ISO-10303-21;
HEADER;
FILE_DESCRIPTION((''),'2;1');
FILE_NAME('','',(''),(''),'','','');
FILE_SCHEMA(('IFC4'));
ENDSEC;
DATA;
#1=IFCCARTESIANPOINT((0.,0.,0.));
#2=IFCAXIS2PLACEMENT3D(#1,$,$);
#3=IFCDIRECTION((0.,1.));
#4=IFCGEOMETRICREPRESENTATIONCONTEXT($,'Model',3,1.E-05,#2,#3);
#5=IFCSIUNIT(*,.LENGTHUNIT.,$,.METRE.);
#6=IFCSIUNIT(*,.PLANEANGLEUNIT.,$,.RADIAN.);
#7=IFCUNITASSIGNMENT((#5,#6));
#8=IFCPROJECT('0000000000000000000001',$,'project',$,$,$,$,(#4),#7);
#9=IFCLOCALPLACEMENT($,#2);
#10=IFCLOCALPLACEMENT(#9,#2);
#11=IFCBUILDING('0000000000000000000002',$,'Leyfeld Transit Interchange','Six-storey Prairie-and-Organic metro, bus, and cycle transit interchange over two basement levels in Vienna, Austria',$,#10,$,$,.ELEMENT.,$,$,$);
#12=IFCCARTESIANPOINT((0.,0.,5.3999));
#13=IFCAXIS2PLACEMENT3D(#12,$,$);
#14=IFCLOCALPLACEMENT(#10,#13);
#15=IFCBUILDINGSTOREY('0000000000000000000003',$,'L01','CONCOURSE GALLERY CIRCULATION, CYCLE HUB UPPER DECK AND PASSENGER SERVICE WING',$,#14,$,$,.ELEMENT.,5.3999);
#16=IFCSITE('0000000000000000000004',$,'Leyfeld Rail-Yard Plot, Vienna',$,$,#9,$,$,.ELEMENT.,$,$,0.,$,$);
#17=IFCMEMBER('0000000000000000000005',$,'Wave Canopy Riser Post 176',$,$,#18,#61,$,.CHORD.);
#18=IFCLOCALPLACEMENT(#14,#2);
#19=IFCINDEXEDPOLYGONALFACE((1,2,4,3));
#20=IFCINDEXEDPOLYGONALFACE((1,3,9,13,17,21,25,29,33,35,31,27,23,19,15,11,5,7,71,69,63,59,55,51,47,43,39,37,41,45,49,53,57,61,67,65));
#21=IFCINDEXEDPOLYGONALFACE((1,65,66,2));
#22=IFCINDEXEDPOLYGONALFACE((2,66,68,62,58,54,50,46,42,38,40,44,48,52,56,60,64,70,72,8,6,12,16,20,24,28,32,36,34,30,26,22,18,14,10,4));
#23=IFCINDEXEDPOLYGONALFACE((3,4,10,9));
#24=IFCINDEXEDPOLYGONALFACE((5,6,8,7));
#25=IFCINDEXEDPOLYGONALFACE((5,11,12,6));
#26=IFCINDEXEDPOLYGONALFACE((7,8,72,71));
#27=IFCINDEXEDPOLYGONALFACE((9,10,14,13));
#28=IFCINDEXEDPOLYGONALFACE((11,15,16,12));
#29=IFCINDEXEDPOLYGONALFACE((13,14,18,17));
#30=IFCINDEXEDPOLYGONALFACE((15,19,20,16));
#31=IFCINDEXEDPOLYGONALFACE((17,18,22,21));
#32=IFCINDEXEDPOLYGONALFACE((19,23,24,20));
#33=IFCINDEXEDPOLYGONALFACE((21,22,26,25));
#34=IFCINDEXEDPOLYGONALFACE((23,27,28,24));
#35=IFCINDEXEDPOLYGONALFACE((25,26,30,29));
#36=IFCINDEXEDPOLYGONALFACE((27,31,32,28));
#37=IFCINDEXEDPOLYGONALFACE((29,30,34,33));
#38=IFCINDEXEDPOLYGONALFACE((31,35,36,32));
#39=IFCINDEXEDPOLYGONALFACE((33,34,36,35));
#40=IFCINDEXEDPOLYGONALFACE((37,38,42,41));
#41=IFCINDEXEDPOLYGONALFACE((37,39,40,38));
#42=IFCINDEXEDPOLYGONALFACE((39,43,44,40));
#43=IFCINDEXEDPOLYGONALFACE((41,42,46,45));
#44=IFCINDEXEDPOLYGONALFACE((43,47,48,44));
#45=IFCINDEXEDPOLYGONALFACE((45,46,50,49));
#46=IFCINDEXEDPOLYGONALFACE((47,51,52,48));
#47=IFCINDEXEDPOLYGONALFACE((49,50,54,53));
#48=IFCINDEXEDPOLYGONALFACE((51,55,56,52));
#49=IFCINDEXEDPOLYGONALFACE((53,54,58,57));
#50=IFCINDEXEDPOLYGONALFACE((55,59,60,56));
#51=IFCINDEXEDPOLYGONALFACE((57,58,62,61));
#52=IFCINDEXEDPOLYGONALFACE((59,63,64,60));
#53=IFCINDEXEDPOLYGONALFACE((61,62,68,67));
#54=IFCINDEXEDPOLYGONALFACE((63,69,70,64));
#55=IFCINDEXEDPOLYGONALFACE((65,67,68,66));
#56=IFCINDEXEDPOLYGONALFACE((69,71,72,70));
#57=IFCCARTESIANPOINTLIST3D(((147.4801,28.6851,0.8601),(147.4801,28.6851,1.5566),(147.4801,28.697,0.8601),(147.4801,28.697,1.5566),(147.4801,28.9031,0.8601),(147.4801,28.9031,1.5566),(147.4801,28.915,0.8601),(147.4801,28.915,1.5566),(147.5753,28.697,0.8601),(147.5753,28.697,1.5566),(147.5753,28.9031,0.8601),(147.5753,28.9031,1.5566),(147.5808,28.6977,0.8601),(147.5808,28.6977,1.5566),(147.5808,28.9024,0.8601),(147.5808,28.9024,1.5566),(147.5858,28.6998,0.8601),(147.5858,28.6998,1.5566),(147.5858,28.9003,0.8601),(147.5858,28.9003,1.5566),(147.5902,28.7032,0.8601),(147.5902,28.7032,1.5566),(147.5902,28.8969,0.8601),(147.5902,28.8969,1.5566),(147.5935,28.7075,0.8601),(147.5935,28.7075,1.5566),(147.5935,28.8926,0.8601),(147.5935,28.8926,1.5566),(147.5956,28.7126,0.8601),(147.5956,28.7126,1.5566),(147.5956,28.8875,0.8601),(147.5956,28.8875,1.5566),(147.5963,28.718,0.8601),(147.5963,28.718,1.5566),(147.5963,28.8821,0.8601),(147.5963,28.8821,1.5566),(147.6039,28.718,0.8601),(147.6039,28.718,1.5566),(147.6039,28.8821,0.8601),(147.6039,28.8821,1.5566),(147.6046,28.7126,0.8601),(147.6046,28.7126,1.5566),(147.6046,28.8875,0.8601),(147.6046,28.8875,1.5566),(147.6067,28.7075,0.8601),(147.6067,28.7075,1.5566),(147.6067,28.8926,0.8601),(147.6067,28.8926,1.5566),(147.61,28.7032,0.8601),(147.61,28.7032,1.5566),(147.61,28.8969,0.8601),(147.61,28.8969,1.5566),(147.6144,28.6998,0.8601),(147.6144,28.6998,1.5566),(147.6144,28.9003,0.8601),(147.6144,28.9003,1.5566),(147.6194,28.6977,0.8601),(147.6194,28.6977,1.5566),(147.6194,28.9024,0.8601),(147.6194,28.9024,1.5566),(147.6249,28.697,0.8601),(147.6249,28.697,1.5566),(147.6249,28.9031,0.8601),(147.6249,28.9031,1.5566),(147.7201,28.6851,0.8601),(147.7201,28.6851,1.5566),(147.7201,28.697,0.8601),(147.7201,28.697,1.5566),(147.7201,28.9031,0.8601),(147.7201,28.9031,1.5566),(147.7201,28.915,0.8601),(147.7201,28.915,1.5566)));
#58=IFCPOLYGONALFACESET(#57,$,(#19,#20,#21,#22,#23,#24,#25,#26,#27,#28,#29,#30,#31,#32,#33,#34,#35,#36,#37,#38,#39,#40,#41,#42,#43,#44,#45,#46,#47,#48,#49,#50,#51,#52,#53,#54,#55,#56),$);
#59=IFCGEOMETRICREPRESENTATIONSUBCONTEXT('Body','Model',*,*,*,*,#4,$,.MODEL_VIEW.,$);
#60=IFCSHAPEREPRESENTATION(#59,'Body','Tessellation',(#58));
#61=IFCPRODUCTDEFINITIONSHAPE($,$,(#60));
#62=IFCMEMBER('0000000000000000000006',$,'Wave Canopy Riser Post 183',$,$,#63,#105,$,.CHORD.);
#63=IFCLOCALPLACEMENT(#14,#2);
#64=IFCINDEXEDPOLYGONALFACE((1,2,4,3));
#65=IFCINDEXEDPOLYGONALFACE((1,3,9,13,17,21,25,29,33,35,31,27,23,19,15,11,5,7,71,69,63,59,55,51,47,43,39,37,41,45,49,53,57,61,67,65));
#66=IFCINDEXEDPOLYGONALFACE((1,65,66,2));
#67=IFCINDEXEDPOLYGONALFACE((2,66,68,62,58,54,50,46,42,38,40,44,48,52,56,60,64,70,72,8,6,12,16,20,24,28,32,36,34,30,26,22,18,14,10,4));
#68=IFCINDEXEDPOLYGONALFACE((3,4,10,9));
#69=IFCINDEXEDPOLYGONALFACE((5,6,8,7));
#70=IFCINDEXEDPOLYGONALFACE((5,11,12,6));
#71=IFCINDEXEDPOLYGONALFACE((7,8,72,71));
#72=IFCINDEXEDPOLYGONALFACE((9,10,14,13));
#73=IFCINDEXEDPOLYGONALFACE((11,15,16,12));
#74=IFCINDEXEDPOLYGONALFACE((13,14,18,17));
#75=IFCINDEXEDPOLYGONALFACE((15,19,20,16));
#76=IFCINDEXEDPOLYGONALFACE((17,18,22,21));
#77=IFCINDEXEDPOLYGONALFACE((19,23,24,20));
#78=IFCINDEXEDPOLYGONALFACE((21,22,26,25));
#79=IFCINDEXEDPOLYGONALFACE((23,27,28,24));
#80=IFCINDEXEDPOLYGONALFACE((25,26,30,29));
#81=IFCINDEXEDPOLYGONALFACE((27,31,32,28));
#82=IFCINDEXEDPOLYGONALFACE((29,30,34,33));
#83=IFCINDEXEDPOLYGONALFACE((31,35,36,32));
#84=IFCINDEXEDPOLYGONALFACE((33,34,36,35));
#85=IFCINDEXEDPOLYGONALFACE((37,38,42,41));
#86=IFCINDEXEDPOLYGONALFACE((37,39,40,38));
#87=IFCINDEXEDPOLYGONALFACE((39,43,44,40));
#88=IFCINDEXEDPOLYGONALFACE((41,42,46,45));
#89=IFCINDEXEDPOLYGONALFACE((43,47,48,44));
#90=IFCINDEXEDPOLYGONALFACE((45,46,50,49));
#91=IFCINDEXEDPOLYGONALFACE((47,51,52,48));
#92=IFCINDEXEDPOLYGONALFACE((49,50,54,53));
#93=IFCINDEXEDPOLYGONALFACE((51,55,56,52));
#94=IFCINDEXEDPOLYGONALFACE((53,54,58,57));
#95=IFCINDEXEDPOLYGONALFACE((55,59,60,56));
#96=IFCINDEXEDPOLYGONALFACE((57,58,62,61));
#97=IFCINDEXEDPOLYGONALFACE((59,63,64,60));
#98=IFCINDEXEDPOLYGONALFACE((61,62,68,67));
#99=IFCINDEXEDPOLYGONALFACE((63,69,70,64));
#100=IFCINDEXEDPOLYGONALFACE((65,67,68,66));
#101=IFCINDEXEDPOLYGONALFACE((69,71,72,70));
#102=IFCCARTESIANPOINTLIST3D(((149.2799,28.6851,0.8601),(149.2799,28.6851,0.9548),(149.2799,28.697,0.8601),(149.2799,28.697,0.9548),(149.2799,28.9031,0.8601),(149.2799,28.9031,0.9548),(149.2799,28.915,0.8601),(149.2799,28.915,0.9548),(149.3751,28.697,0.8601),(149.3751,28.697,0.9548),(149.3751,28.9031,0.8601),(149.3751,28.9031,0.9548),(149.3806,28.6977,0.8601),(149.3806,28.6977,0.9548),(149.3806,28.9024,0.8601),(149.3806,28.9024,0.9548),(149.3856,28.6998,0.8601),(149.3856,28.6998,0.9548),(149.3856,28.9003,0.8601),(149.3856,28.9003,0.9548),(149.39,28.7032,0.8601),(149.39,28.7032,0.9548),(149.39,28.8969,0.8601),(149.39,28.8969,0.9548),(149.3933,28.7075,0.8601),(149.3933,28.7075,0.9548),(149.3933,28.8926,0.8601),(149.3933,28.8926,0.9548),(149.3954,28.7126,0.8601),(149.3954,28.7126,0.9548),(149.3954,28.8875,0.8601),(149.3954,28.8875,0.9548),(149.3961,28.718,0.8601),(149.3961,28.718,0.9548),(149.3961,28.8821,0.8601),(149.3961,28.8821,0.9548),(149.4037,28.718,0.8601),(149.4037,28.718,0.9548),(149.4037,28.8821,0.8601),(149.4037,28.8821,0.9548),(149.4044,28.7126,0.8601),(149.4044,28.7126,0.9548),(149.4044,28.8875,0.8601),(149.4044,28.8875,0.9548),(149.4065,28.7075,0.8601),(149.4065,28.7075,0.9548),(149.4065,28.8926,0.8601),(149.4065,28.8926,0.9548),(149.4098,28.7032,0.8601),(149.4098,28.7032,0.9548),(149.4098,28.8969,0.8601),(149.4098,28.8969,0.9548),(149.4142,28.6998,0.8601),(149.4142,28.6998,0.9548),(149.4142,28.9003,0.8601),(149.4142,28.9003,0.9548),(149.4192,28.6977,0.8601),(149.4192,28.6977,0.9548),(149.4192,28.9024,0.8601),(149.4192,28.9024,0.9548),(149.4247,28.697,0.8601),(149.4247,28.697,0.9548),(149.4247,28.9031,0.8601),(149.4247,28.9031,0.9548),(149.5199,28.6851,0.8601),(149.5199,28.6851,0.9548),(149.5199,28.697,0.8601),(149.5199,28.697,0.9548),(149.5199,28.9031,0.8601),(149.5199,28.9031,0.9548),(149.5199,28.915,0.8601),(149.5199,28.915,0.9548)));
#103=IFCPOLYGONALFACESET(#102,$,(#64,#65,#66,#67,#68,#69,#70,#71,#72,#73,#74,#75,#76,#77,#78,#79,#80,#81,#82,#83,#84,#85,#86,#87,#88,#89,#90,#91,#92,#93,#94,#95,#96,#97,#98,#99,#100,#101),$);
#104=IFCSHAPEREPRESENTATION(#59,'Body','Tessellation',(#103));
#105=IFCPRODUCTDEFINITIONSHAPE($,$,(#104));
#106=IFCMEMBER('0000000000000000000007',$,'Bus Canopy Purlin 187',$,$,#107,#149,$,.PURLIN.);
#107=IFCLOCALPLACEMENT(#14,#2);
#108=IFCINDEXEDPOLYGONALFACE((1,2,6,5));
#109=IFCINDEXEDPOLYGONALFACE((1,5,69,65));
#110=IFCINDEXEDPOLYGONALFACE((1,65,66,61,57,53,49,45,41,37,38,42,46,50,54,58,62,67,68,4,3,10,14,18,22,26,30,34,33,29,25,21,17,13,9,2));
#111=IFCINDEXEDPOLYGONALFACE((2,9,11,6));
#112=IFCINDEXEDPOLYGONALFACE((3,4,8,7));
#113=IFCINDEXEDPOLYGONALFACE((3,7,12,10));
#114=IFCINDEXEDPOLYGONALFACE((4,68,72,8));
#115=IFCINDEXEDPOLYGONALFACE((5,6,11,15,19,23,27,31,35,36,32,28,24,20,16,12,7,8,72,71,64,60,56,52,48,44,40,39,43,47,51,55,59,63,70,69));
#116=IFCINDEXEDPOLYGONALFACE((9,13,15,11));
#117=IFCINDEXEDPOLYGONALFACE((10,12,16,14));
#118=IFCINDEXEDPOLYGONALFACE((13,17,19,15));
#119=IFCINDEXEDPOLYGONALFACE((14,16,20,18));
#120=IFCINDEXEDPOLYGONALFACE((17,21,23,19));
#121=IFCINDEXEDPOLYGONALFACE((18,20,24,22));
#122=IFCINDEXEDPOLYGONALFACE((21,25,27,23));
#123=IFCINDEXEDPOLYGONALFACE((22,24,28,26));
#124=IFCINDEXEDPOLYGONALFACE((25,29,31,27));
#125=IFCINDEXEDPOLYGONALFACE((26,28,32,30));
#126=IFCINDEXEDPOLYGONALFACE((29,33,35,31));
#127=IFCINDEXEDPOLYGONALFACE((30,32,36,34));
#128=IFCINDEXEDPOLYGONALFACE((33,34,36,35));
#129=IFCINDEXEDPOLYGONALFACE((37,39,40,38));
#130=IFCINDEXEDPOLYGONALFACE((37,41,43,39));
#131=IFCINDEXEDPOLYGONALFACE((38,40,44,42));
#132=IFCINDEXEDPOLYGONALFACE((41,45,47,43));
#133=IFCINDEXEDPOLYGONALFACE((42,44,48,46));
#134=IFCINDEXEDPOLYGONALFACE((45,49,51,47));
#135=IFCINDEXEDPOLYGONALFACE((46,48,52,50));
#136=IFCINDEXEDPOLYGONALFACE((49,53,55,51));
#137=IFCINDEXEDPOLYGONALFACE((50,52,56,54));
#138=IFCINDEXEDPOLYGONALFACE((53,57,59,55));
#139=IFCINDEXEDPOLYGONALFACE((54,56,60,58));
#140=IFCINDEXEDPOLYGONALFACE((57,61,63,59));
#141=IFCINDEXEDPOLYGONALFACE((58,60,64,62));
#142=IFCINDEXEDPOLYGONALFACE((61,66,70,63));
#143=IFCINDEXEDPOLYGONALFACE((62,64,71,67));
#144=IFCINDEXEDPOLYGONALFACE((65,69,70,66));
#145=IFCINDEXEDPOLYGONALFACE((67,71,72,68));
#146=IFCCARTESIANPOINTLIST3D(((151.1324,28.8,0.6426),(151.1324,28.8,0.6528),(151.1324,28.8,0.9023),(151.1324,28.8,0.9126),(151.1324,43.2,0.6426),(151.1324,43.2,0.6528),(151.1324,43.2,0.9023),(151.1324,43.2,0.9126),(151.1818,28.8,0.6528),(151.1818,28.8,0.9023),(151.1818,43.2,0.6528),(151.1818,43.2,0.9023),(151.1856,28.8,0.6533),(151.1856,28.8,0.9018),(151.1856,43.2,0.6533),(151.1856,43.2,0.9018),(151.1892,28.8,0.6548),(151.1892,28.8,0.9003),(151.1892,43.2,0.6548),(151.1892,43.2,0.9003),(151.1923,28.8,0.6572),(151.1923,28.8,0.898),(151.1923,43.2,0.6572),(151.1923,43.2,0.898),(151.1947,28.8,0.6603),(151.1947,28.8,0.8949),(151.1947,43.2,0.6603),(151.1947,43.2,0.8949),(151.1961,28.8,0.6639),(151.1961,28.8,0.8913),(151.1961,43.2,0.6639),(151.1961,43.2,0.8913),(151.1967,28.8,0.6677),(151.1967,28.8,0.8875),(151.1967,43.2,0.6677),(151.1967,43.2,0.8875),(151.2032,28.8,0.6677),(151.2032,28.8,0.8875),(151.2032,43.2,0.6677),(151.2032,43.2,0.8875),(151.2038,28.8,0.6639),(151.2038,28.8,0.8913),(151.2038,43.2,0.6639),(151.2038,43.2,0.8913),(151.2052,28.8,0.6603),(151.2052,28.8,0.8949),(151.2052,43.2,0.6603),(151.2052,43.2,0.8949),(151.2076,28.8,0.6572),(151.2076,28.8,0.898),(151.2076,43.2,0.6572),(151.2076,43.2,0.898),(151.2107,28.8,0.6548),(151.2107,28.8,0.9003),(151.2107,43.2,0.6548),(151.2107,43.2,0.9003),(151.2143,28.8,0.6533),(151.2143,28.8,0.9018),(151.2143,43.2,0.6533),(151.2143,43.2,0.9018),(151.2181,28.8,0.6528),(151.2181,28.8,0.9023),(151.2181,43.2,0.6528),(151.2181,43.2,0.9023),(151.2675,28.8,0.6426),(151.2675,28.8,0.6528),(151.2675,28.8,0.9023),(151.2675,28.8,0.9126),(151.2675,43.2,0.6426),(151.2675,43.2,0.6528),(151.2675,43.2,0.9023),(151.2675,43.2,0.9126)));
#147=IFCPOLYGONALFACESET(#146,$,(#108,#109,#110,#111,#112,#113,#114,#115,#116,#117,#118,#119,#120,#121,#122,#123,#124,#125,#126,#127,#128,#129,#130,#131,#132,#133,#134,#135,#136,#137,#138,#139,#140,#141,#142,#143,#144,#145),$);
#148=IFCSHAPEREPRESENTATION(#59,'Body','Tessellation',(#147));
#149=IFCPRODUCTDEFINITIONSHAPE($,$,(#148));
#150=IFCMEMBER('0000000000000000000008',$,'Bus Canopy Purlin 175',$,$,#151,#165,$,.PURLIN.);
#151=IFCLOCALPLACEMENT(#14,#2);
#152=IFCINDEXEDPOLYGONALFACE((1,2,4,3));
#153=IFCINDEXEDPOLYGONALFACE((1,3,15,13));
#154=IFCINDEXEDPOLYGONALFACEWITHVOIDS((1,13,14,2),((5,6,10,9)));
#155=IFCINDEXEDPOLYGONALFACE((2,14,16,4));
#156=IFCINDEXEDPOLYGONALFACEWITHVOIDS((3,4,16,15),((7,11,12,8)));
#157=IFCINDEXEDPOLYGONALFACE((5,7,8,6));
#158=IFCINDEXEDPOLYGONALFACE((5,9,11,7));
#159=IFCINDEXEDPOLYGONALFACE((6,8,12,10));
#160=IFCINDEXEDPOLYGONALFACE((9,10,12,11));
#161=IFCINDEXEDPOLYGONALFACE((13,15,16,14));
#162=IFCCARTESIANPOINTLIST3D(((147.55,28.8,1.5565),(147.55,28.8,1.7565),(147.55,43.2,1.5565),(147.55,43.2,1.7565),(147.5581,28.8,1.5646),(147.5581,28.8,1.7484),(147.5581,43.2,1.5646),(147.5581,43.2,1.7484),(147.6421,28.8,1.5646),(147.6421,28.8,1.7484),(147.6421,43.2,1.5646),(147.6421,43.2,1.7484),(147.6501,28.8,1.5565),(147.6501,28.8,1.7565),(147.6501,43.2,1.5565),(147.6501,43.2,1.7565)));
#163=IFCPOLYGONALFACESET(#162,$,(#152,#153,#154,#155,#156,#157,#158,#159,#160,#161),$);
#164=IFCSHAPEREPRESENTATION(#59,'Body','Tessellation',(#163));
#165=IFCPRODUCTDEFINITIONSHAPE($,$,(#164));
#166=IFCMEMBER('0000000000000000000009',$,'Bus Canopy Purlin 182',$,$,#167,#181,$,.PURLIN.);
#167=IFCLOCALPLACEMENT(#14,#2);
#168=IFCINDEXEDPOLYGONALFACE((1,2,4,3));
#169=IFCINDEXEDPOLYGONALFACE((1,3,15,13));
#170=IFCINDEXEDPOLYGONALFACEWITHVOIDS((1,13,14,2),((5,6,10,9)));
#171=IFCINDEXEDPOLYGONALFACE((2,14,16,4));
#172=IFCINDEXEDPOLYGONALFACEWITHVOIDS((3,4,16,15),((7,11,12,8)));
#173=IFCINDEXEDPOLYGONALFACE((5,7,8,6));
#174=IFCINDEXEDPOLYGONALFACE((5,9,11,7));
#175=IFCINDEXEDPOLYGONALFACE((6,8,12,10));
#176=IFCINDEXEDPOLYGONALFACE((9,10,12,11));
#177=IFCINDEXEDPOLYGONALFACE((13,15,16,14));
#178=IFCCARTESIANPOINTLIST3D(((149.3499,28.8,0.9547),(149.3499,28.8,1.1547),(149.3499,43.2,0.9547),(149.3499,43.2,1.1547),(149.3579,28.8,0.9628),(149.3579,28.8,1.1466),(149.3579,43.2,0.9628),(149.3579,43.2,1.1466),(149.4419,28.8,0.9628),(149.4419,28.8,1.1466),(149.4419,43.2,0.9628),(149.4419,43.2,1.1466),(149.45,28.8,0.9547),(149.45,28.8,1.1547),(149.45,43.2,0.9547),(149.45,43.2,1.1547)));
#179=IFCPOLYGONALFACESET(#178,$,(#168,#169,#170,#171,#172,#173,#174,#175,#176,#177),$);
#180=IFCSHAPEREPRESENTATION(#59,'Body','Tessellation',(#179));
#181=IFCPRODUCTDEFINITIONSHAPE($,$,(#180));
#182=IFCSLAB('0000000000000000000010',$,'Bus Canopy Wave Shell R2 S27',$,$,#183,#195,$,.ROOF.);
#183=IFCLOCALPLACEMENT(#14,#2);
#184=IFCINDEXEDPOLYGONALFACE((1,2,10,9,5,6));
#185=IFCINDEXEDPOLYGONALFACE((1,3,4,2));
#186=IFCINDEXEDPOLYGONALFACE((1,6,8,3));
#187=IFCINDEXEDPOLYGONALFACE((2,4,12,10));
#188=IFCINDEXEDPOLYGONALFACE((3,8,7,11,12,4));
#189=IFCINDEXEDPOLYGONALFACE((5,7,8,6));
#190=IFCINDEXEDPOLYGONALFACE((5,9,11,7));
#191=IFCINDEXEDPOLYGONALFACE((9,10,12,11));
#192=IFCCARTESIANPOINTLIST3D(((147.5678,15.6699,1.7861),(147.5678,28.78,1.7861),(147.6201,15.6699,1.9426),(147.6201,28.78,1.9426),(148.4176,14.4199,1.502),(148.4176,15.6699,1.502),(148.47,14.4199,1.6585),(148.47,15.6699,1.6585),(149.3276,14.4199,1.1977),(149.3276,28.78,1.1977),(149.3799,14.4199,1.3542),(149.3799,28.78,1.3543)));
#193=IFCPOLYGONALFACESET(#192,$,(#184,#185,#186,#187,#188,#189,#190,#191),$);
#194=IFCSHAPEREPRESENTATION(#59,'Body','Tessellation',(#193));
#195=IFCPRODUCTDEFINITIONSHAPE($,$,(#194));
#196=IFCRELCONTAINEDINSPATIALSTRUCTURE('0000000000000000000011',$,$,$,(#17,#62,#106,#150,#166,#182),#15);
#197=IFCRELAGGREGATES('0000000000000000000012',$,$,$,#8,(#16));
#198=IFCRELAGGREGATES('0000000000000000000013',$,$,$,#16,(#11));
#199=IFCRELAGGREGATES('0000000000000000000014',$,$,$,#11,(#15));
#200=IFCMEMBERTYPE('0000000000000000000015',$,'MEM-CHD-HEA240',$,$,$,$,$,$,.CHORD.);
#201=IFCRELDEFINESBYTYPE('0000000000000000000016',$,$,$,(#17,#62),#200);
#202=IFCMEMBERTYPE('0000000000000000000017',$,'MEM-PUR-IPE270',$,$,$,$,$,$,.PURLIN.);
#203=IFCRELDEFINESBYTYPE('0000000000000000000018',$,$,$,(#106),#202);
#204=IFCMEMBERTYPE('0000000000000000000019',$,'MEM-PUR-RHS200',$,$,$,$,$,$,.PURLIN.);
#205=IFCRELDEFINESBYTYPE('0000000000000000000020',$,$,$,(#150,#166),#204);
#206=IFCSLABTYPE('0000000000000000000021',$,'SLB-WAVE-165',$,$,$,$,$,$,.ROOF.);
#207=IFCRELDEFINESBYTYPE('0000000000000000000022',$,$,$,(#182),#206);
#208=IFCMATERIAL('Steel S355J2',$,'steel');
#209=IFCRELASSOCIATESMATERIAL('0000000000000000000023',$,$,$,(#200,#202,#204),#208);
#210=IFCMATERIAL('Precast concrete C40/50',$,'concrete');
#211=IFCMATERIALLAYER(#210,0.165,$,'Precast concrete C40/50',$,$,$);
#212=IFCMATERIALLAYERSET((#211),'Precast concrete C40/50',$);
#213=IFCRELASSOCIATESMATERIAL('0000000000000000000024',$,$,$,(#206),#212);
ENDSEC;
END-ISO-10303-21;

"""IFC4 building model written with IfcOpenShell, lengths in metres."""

from ifc_helpers import new_model, si_unit, direction, frame, origin, origin_2d, place, context, subcontext, project, spatial, polyline, hollow_rectangle, i_section, outline, extrude, material, layer, layer_set, material_profile, profile_set, type_object, element, save


model = new_model("IFC4")

# Units and contexts
model_context = context("Model", 3, precision=1e-05, world=origin(), true_north=direction((0.0, 1.0)))
body_context = subcontext(model_context, "Body", "Model", "MODEL_VIEW")
ifc_project = project(units=[si_unit("LENGTHUNIT", "METRE"), si_unit("PLANEANGLEUNIT", "RADIAN")], contexts=[model_context])

# Site, building, storey
site_placement = place(None, origin())
site = spatial("IfcSite", under=ifc_project, at=site_placement, Name="Leyfeld Rail-Yard Plot, Vienna", CompositionType="ELEMENT", RefElevation=0.0)
building_placement = place(site_placement, origin())
building = spatial("IfcBuilding", under=site, at=building_placement, Name="Leyfeld Transit Interchange", Description="Six-storey Prairie-and-Organic metro, bus, and cycle transit interchange over two basement levels in Vienna, Austria", CompositionType="ELEMENT")
storey_placement = place(building_placement, frame((0.0, 0.0, 5.3999)))
storey = spatial("IfcBuildingStorey", under=building, at=storey_placement, Name="L01", Description="CONCOURSE GALLERY CIRCULATION, CYCLE HUB UPPER DECK AND PASSENGER SERVICE WING", CompositionType="ELEMENT", Elevation=5.3999)

# Members
ifc_material_1 = material(Name="Steel S355J2", Category="steel")
ifc_material_profile_1 = material_profile(ifc_material_1, i_section(OverallWidth=0.24, OverallDepth=0.23, WebThickness=0.0076, FlangeThickness=0.012, FilletRadius=0.021, at=origin_2d()), Name="HEA 240")
ifc_profile_set_1 = profile_set([ifc_material_profile_1], Name="Steel S355J2")
member_type_1 = type_object("IfcMemberType", Name="MEM-CHD-HEA240", PredefinedType="CHORD", material=ifc_profile_set_1)
member_1_placement = place(storey_placement, frame((147.6001, 28.8, 0.8601), z_axis=(0.0, 0.0, 1.0), x_axis=(1.0, 0.0, 0.0)))
element("IfcMember", 1, at=member_1_placement, inside=storey, type_object=member_type_1, Name="Wave Canopy Riser Post 176", PredefinedType="CHORD", context=body_context, shape_type="SweptSolid", body=[
    extrude(i_section(OverallWidth=0.24, OverallDepth=0.23, WebThickness=0.0076, FlangeThickness=0.012, FilletRadius=0.021, at=origin_2d()), origin(), (0.0, 0.0, 1.0), 0.6965),
])
member_2_placement = place(storey_placement, frame((149.3999, 28.8, 0.8601), z_axis=(0.0, 0.0, 1.0), x_axis=(1.0, 0.0, 0.0)))
element("IfcMember", 2, at=member_2_placement, inside=storey, type_object=member_type_1, Name="Wave Canopy Riser Post 183", PredefinedType="CHORD", context=body_context, shape_type="SweptSolid", body=[
    extrude(i_section(OverallWidth=0.24, OverallDepth=0.23, WebThickness=0.0076, FlangeThickness=0.012, FilletRadius=0.021, at=origin_2d()), origin(), (0.0, 0.0, 1.0), 0.0947),
])
ifc_material_profile_2 = material_profile(ifc_material_1, i_section(OverallWidth=0.135, OverallDepth=0.27, WebThickness=0.0066, FlangeThickness=0.0103, FilletRadius=0.0149, at=origin_2d()), Name="IPE 270")
ifc_profile_set_2 = profile_set([ifc_material_profile_2], Name="Steel S355J2")
member_type_2 = type_object("IfcMemberType", Name="MEM-PUR-IPE270", PredefinedType="PURLIN", material=ifc_profile_set_2)
member_3_placement = place(storey_placement, frame((151.2, 28.8, 0.7776), z_axis=(0.0, 1.0, 0.0), x_axis=(-1.0, 0.0, 0.0)))
element("IfcMember", 3, at=member_3_placement, inside=storey, type_object=member_type_2, Name="Bus Canopy Purlin 187", PredefinedType="PURLIN", context=body_context, shape_type="SweptSolid", body=[
    extrude(i_section(OverallWidth=0.135, OverallDepth=0.27, WebThickness=0.0066, FlangeThickness=0.0103, FilletRadius=0.0149, at=origin_2d()), origin(), (0.0, 0.0, 1.0), 14.3999),
])
ifc_material_profile_3 = material_profile(ifc_material_1, hollow_rectangle(XDim=0.1001, YDim=0.2, WallThickness=0.0081, at=origin_2d()), Name="RHS 200x100x8")
ifc_profile_set_3 = profile_set([ifc_material_profile_3], Name="Steel S355J2")
member_type_3 = type_object("IfcMemberType", Name="MEM-PUR-RHS200", PredefinedType="PURLIN", material=ifc_profile_set_3)
for number, where, z_axis, x_axis, name in (
    (4, (147.6001, 28.8, 1.6565), (0.0, 1.0, 0.0), (-1.0, 0.0, 0.0), "Bus Canopy Purlin 175"),
    (5, (149.3999, 28.8, 1.0547), (0.0, 1.0, 0.0), (-1.0, 0.0, 0.0), "Bus Canopy Purlin 182"),
):
    element("IfcMember", number, at=place(storey_placement, frame(where, z_axis=z_axis, x_axis=x_axis)), inside=storey, type_object=member_type_3, Name=name, PredefinedType="PURLIN", context=body_context, shape_type="SweptSolid", body=[
        extrude(hollow_rectangle(XDim=0.1001, YDim=0.2, WallThickness=0.0081, at=origin_2d()), origin(), (0.0, 0.0, 1.0), 14.3999),
    ])

# Slab
ifc_material_2 = material(Name="Precast concrete C40/50", Category="concrete")
ifc_layer = layer(ifc_material_2, 0.165, Name="Precast concrete C40/50")
ifc_layer_set = layer_set([ifc_layer], Name="Precast concrete C40/50")
slab_type = type_object("IfcSlabType", Name="SLB-WAVE-165", PredefinedType="ROOF", material=ifc_layer_set)
slab_1_placement = place(storey_placement, frame((147.6201, 15.6699, 1.9426), z_axis=(0.317095, -0.000001, 0.948394), x_axis=(0.948394, 0.0, -0.317095)))
element("IfcSlab", 6, at=slab_1_placement, inside=storey, type_object=slab_type, Name="Bus Canopy Wave Shell R2 S27", PredefinedType="ROOF", context=body_context, shape_type="SweptSolid", body=[
    extrude(outline(polyline([(0.0, 0.0), (0.8961, 0.0), (0.8961, -1.25), (1.8555, -1.25), (1.8555, 13.1101), (0.0, 13.1101), (0.0, 0.0)])), origin(), (0.0, 0.0, -1.0), 0.165),
])

save(model, "model.ifc")
